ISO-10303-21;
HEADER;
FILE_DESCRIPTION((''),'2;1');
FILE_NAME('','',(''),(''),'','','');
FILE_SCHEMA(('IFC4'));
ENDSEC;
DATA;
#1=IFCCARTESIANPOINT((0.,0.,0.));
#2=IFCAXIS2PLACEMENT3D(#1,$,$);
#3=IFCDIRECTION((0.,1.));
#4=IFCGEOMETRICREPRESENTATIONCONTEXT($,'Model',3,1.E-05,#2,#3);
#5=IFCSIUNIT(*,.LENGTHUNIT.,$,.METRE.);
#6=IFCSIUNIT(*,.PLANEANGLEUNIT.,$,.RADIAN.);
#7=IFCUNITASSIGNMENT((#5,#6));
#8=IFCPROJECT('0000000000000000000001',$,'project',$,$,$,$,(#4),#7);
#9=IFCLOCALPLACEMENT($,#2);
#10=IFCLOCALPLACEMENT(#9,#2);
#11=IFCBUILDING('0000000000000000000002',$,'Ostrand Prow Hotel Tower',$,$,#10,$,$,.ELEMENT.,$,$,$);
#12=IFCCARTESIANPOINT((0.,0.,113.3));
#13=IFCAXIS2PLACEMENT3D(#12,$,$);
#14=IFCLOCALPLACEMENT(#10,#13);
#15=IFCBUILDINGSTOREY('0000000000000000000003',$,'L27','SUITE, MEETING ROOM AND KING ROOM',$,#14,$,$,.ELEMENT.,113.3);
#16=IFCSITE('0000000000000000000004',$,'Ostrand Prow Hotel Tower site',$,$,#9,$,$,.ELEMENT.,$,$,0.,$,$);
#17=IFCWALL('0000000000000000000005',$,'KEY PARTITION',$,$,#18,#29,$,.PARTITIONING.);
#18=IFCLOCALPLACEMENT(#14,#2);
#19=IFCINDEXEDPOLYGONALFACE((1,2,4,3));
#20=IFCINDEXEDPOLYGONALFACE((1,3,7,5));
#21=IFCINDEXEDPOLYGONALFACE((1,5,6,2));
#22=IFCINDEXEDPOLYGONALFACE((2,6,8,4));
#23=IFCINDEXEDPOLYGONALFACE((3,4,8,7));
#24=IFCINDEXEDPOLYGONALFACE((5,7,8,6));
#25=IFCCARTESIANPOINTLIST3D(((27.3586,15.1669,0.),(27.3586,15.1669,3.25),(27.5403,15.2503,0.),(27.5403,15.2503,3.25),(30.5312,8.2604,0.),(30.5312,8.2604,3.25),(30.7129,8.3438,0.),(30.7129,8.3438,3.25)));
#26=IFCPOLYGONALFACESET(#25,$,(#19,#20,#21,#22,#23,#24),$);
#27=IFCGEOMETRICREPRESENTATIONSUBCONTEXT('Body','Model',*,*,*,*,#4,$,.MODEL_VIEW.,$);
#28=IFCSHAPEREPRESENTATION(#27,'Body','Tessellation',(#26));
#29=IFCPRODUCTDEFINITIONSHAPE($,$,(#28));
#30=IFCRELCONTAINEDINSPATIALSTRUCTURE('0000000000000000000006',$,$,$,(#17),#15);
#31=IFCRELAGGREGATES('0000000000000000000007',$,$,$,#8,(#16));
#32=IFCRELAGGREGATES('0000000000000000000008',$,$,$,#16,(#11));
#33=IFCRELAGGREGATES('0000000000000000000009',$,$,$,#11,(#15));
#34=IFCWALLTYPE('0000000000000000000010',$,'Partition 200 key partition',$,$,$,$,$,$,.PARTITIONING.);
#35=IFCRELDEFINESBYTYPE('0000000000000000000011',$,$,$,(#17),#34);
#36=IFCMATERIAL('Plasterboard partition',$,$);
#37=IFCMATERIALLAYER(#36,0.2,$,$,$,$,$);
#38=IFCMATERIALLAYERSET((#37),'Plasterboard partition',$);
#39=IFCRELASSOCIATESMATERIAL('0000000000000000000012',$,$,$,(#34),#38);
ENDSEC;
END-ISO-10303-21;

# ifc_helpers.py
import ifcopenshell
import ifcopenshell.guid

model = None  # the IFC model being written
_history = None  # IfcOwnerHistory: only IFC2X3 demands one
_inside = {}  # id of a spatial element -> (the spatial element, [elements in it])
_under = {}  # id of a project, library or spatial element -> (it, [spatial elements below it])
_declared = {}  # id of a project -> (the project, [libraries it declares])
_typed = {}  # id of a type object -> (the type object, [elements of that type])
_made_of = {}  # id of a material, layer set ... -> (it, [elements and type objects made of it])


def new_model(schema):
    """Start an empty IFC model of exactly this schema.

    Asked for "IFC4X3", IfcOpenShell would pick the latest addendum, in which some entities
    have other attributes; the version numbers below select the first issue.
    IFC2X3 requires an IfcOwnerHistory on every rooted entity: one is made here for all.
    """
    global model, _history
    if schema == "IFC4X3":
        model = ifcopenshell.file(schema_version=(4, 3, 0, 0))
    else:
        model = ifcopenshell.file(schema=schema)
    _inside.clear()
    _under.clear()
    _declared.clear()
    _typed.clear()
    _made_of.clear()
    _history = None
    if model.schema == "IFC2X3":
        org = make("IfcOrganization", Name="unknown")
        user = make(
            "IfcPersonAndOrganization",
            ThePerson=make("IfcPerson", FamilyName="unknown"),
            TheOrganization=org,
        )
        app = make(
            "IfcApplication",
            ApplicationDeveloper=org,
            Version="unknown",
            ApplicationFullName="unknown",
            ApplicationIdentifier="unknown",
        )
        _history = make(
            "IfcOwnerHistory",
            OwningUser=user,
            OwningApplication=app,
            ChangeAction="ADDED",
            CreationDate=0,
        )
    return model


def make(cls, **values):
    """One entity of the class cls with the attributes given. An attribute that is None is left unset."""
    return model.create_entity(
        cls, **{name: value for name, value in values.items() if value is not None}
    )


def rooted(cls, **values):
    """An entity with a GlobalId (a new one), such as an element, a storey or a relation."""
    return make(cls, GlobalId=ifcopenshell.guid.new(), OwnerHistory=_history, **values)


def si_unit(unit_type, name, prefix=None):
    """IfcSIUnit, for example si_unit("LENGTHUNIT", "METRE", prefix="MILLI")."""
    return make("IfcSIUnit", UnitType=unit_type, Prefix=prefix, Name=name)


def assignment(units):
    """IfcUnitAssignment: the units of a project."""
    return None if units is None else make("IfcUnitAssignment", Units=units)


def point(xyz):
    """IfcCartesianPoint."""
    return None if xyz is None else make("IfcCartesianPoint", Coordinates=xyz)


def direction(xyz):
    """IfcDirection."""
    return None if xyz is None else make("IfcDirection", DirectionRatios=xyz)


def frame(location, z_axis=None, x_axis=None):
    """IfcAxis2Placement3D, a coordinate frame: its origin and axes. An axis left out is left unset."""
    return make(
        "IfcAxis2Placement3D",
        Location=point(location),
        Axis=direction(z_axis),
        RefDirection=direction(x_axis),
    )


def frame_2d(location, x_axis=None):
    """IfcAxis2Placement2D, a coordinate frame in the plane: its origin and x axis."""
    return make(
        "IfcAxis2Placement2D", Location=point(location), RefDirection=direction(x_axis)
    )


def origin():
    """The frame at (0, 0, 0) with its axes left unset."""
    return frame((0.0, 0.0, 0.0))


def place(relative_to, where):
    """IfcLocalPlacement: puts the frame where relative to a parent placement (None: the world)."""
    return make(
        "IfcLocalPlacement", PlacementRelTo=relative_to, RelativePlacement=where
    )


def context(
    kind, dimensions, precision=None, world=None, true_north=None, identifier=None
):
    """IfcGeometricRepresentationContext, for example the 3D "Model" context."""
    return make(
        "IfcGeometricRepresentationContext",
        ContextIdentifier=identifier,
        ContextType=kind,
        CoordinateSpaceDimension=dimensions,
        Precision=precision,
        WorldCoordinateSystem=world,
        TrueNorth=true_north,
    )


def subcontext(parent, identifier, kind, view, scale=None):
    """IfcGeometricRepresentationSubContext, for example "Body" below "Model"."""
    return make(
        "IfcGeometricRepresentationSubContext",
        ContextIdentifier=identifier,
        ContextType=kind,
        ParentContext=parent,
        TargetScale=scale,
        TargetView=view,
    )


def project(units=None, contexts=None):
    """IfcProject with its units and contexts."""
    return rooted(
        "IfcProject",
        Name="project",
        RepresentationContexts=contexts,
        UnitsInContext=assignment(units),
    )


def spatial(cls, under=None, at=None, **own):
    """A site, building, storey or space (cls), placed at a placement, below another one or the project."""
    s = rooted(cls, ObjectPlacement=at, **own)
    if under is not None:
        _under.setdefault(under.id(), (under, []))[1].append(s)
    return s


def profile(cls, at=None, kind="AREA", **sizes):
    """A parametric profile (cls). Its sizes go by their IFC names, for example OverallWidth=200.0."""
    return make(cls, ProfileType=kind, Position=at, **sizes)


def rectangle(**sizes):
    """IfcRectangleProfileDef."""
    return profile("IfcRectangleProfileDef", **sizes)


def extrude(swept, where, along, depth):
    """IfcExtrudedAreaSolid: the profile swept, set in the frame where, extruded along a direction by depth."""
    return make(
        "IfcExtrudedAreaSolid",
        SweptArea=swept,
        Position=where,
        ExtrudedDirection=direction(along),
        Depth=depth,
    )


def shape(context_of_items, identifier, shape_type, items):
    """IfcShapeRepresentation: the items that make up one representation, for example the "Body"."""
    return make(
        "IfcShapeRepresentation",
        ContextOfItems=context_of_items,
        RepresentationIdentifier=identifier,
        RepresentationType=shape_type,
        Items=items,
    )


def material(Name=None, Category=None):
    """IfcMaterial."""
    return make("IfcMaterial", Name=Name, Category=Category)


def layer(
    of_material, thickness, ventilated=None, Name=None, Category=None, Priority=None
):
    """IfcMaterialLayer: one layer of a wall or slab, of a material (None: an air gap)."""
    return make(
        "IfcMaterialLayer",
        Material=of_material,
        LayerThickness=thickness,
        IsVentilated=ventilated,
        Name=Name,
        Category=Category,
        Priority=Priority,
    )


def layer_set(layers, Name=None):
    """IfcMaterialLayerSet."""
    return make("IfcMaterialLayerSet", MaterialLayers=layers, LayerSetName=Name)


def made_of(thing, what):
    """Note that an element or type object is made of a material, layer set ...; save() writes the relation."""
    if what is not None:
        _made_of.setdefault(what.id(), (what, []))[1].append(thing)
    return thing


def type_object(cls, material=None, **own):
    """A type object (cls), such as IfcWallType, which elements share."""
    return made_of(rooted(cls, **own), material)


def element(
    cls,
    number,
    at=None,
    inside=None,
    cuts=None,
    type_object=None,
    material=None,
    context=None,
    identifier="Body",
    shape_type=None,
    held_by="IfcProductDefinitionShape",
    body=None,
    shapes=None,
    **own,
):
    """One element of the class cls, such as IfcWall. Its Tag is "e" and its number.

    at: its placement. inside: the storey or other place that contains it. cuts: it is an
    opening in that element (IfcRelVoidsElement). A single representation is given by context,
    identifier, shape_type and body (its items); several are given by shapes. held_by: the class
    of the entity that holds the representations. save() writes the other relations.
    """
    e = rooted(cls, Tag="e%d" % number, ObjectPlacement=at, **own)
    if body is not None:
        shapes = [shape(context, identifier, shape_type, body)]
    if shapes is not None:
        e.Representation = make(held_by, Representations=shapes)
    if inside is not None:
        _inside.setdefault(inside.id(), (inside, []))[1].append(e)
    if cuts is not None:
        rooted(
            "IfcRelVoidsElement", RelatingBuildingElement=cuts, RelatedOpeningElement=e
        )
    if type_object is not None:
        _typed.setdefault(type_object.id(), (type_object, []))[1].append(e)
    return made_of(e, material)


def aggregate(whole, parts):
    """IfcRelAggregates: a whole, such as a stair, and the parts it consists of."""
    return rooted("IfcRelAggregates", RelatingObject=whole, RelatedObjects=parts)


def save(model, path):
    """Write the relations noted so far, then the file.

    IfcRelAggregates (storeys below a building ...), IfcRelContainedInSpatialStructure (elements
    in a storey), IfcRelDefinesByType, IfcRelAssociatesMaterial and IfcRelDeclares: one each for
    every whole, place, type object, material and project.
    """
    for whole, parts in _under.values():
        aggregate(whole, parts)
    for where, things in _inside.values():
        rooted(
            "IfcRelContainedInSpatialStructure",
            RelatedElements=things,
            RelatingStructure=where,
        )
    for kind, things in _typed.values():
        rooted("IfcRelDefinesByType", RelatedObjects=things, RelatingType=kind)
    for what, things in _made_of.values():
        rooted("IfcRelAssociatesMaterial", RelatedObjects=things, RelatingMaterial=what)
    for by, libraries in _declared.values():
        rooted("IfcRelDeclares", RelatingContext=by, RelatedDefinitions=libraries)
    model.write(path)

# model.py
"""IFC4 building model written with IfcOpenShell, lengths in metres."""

from ifc_helpers import new_model, si_unit, direction, frame, frame_2d, origin, place, context, subcontext, project, spatial, rectangle, extrude, material, layer, layer_set, type_object, element, save


model = new_model("IFC4")

# Units and contexts
model_context = context("Model", 3, precision=1e-05, world=origin(), true_north=direction((0.0, 1.0)))
body_context = subcontext(model_context, "Body", "Model", "MODEL_VIEW")
ifc_project = project(units=[si_unit("LENGTHUNIT", "METRE"), si_unit("PLANEANGLEUNIT", "RADIAN")], contexts=[model_context])

# Site, building, storey
site_placement = place(None, origin())
site = spatial("IfcSite", under=ifc_project, at=site_placement, Name="Ostrand Prow Hotel Tower site", CompositionType="ELEMENT", RefElevation=0.0)
building_placement = place(site_placement, origin())
building = spatial("IfcBuilding", under=site, at=building_placement, Name="Ostrand Prow Hotel Tower", CompositionType="ELEMENT")
storey_placement = place(building_placement, frame((0.0, 0.0, 113.3)))
storey = spatial("IfcBuildingStorey", under=building, at=storey_placement, Name="L27", Description="SUITE, MEETING ROOM AND KING ROOM", CompositionType="ELEMENT", Elevation=113.3)

# Wall
ifc_material_1 = material(Name="Plasterboard partition")
ifc_layer_1 = layer(ifc_material_1, 0.2)
ifc_layer_set_1 = layer_set([ifc_layer_1], Name="Plasterboard partition")
wall_type_1 = type_object("IfcWallType", Name="Partition 200 key partition", PredefinedType="PARTITIONING", material=ifc_layer_set_1)
wall_1_placement = place(storey_placement, frame((30.6221, 8.302, 0.0), z_axis=(0.0, 0.0, 1.0), x_axis=(-0.41743, 0.908709, 0.0)))
element("IfcWall", 1, at=wall_1_placement, inside=storey, type_object=wall_type_1, Name="KEY PARTITION", PredefinedType="PARTITIONING", context=body_context, shape_type="SweptSolid", body=[
    extrude(rectangle(XDim=7.6003, YDim=0.2, at=frame_2d((3.8003, 0.0))), origin(), (0.0, 0.0, 1.0), 3.25),
])

save(model, "model.ifc")
